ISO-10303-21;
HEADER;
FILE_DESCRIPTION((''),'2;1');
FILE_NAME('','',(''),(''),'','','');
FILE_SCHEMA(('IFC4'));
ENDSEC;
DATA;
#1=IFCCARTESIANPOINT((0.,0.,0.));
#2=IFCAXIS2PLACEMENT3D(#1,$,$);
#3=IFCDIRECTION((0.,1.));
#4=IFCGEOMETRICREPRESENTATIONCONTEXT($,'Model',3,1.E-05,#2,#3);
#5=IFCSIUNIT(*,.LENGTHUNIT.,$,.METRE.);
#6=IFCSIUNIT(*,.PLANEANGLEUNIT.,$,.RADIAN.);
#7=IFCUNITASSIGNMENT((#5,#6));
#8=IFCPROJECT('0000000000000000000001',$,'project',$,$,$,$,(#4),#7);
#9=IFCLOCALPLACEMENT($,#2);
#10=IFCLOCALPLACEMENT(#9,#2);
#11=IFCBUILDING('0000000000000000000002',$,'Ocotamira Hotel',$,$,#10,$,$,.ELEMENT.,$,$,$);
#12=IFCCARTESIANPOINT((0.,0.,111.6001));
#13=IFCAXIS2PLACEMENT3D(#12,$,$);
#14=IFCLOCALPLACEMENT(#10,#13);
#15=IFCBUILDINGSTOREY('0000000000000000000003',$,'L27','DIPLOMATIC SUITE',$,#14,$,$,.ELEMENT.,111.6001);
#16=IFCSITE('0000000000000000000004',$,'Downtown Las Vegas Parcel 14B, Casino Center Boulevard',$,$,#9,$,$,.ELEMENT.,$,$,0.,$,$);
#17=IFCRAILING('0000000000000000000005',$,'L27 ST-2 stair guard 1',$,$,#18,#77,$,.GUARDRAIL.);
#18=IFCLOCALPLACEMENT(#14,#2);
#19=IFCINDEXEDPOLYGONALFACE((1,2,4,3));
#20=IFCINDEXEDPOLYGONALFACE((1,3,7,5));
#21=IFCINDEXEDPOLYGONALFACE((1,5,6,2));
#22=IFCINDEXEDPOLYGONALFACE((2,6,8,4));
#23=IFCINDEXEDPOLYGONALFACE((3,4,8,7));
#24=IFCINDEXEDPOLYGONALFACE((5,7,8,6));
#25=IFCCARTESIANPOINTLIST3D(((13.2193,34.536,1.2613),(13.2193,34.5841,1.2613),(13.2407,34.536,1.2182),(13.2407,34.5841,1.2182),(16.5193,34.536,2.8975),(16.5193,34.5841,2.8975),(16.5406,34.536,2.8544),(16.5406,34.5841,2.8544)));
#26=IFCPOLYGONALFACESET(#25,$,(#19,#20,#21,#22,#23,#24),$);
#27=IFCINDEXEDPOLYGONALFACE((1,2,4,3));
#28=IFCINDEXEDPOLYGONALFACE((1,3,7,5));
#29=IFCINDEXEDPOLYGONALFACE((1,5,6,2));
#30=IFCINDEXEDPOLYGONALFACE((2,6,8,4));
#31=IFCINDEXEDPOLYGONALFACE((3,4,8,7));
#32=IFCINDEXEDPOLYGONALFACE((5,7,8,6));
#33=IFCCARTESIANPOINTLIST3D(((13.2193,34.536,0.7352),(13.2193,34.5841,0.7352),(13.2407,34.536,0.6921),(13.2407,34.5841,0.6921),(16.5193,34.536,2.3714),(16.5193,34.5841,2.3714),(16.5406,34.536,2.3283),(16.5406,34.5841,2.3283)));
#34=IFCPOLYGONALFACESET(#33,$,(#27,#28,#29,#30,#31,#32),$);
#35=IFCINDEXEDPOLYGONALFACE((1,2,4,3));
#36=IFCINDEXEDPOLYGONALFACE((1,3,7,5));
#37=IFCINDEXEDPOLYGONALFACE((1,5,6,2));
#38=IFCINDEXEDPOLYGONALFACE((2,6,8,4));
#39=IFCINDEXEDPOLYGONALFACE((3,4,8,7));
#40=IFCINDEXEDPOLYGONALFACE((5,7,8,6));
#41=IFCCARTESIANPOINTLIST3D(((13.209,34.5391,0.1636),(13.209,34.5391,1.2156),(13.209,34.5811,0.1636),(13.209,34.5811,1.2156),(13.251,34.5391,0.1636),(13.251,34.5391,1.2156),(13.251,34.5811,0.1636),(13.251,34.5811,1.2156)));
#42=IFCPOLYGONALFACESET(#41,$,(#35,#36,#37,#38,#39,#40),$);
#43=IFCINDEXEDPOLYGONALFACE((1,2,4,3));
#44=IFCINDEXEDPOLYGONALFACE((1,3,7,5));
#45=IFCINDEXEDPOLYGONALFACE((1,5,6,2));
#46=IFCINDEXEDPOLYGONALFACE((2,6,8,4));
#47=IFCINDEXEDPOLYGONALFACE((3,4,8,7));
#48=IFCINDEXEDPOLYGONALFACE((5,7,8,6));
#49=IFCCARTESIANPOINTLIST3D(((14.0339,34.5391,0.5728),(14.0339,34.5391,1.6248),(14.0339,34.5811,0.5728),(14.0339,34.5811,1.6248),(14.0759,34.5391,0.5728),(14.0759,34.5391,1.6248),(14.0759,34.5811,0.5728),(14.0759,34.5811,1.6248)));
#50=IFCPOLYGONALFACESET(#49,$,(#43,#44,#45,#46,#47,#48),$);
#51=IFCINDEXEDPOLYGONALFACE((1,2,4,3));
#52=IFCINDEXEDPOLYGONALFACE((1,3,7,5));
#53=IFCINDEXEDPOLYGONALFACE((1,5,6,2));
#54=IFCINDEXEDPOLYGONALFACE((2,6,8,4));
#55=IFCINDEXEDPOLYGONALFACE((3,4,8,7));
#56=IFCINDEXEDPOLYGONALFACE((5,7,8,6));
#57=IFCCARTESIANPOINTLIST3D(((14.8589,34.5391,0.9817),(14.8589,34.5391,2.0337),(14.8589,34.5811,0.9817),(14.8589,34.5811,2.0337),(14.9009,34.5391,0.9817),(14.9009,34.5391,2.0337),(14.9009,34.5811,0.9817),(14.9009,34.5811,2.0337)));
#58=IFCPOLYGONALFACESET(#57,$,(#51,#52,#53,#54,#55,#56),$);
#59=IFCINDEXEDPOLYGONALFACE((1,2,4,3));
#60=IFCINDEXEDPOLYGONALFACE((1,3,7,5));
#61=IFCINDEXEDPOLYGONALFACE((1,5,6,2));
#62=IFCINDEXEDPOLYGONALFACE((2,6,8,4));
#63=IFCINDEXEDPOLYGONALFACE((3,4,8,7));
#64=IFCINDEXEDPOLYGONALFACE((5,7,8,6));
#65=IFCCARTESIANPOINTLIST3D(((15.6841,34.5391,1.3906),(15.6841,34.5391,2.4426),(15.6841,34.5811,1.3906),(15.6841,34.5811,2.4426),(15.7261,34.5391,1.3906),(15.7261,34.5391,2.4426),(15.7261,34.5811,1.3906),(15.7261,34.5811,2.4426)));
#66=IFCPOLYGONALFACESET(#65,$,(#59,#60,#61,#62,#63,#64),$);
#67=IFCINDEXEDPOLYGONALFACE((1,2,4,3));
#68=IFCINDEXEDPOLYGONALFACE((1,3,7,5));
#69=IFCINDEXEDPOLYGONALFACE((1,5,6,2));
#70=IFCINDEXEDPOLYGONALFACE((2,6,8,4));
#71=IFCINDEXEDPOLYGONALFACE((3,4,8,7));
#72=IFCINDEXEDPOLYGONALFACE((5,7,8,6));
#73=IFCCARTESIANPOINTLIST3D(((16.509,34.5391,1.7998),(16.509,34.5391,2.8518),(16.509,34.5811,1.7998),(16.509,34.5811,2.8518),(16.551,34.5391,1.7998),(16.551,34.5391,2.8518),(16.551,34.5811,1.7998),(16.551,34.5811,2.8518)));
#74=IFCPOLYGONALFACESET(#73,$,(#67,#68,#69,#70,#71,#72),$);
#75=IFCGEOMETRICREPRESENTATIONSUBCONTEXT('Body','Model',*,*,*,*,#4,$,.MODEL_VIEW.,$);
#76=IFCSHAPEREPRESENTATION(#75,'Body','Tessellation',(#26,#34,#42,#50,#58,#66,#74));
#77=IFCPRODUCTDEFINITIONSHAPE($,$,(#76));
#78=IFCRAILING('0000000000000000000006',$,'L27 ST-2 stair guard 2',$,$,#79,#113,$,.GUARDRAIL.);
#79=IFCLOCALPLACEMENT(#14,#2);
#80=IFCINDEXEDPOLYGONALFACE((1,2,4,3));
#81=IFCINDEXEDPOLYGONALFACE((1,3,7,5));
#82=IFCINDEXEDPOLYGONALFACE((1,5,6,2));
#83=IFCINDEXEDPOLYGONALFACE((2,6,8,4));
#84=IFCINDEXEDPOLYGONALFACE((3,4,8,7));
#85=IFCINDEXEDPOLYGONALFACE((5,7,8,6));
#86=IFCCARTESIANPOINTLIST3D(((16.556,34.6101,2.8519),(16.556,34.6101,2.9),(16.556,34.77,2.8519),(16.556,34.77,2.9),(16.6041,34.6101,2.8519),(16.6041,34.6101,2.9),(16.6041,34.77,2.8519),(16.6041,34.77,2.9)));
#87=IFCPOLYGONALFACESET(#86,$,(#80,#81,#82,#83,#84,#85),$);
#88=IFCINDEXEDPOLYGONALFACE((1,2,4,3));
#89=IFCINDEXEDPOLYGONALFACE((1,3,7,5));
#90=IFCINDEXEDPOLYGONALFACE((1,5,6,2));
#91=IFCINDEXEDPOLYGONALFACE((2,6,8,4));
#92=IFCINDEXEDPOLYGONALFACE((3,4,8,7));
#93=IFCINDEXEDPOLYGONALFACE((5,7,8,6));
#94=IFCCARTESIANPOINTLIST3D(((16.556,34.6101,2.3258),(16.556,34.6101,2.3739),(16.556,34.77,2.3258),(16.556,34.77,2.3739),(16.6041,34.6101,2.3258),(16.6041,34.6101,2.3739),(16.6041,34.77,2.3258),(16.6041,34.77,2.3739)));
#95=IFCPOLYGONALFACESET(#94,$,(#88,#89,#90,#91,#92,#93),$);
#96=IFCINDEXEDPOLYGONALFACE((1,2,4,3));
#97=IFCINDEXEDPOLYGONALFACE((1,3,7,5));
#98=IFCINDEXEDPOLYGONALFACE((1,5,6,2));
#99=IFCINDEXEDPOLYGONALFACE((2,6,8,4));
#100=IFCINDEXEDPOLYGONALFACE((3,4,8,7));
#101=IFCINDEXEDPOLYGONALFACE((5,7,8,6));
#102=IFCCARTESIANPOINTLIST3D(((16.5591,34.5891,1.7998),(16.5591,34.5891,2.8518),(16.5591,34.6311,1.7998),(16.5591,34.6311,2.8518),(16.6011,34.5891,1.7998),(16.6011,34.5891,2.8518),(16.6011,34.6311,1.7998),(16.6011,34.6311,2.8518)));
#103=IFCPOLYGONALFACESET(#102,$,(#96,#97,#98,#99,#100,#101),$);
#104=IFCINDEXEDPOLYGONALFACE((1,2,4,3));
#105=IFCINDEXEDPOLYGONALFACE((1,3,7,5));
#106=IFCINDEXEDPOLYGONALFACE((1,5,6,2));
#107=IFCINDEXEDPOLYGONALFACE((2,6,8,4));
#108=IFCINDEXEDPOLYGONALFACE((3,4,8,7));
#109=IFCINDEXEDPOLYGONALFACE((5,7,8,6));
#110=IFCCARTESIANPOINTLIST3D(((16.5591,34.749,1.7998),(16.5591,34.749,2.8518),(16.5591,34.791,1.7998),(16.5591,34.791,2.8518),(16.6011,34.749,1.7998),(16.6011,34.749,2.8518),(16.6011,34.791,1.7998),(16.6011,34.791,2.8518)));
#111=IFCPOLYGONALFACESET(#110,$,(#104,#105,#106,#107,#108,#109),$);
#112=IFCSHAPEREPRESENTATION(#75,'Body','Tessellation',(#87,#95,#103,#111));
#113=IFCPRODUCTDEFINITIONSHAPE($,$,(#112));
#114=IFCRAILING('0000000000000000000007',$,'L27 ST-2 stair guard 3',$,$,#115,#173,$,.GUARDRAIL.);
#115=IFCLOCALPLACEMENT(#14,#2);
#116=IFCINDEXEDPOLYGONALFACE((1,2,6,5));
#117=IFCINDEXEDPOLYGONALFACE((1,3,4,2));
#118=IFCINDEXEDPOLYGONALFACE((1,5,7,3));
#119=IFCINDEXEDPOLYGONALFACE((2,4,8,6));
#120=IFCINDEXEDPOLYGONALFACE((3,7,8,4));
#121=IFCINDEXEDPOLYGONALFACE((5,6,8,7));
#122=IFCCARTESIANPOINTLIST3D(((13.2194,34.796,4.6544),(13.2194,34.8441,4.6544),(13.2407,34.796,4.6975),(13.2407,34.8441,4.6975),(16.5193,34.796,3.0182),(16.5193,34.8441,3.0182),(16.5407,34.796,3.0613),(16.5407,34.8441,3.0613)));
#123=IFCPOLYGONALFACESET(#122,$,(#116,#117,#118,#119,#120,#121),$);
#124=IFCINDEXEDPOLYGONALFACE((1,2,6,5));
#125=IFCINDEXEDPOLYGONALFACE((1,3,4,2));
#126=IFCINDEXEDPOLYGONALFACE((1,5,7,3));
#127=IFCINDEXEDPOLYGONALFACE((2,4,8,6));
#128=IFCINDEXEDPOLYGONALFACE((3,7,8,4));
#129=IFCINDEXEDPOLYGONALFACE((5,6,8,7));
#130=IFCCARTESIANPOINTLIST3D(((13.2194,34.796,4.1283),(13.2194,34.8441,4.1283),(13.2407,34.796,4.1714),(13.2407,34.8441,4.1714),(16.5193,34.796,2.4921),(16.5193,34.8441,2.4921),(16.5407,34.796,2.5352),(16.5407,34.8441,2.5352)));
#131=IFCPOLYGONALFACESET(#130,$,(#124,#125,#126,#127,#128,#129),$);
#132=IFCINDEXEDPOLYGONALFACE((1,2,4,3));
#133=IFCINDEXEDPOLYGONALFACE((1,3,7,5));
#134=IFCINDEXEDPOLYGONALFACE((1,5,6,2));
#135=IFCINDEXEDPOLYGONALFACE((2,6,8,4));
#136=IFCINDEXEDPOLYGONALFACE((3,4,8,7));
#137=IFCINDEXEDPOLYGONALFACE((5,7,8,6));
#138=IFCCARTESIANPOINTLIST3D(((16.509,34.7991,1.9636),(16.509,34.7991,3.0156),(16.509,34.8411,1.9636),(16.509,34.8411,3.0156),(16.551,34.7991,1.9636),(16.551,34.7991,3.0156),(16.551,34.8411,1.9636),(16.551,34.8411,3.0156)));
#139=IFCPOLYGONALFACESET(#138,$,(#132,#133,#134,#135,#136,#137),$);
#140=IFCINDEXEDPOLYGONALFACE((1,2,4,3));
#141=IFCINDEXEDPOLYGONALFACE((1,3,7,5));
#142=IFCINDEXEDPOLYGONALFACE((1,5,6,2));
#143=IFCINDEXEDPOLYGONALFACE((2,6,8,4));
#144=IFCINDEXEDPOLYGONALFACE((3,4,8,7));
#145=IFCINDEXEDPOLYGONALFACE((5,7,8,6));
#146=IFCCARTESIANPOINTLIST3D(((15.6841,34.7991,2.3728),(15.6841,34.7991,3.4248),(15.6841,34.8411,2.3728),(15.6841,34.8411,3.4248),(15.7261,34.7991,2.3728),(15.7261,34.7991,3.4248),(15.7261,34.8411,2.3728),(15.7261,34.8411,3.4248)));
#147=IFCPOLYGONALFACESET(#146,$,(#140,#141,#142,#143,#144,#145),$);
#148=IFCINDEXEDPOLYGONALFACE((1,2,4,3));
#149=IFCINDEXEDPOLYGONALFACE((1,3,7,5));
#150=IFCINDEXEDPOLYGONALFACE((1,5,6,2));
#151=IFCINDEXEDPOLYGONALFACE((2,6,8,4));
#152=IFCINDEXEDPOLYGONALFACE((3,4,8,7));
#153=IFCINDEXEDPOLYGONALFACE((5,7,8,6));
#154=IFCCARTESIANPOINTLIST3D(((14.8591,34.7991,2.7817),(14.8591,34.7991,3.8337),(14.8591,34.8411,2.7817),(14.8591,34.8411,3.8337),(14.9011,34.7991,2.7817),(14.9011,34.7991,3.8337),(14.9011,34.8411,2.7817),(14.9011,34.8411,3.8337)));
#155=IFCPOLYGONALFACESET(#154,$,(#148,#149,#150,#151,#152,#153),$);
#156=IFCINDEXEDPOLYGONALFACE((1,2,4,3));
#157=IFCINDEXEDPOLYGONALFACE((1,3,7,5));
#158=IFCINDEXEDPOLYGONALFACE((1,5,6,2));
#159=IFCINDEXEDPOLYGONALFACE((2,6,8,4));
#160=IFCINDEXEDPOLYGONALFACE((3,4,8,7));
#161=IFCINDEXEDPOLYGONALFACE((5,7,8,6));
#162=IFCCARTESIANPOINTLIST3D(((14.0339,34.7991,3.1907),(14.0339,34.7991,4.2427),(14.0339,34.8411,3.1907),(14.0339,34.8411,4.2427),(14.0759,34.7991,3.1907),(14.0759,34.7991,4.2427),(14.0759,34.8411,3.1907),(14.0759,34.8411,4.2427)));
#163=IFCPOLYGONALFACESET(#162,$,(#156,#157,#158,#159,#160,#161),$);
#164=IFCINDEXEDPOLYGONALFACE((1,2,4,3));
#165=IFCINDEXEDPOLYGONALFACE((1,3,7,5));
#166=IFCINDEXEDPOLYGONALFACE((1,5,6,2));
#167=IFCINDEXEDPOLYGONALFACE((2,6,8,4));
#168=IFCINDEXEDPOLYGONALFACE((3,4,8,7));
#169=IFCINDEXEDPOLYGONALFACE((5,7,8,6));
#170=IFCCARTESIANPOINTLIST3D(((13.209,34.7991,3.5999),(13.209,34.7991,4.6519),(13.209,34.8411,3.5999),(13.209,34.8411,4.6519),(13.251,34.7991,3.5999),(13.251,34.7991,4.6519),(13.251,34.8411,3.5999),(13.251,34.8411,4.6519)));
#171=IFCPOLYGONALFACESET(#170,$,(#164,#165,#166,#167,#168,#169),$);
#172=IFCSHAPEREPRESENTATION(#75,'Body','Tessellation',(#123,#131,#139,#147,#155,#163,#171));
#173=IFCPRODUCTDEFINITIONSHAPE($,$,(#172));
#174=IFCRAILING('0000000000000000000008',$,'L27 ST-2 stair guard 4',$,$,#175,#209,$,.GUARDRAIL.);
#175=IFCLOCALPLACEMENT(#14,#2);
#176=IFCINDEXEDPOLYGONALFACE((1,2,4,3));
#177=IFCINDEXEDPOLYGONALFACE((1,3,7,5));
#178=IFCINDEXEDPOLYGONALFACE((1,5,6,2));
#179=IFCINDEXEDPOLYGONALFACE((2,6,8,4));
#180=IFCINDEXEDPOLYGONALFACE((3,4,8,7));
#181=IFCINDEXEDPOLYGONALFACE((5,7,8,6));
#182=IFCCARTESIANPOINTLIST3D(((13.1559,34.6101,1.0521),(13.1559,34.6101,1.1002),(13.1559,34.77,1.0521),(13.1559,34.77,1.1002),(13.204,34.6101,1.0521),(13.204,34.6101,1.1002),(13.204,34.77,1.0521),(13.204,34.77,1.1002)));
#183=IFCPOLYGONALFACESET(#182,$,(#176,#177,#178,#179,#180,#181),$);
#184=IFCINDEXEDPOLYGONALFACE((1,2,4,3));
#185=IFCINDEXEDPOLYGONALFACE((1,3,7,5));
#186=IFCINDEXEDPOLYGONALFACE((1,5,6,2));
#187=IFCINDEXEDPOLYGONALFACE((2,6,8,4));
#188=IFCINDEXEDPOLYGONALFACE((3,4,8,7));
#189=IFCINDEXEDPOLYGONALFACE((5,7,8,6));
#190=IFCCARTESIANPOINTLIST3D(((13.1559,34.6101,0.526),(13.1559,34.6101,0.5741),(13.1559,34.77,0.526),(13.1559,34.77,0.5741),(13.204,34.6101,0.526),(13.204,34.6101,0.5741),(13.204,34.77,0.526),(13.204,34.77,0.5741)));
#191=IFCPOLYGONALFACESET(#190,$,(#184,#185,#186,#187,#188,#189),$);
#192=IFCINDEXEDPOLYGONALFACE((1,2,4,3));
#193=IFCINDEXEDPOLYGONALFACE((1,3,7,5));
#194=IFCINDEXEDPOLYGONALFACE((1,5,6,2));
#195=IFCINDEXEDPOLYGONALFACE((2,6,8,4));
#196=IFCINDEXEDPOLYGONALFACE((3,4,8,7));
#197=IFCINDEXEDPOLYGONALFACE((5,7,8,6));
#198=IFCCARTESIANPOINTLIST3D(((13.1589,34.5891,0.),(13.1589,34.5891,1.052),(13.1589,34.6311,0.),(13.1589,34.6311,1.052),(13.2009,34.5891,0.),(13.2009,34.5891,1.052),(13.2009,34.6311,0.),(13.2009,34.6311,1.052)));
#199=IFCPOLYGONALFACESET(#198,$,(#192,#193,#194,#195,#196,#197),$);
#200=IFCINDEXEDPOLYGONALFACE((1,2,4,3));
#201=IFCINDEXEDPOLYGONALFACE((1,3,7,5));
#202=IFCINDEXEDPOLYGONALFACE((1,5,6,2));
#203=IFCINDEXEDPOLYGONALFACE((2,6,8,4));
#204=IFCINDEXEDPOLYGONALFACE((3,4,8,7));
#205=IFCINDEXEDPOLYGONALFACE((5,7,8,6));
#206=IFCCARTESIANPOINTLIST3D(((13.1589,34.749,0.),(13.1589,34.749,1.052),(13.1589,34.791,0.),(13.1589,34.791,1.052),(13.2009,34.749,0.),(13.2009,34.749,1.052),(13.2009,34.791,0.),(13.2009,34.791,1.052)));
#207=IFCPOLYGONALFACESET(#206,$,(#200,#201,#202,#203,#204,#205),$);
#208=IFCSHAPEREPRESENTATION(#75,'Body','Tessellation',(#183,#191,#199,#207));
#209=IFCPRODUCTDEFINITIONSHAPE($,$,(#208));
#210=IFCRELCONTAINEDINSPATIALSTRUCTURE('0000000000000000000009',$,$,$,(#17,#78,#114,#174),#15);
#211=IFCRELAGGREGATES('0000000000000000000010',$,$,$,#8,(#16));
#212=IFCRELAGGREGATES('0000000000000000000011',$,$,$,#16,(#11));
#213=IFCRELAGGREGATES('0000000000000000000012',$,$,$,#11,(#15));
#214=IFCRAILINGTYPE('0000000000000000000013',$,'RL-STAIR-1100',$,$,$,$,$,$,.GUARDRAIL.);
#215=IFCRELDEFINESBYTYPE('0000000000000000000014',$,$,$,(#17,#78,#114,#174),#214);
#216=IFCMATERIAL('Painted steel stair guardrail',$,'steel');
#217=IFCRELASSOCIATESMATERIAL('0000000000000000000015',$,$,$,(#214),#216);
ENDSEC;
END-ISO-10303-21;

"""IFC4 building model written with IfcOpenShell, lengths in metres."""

from ifc_helpers import new_model, si_unit, direction, frame, origin, origin_2d, place, context, subcontext, project, spatial, rectangle, extrude, material, type_object, element, save


model = new_model("IFC4")

# Units and contexts
model_context = context("Model", 3, precision=1e-05, world=origin(), true_north=direction((0.0, 1.0)))
body_context = subcontext(model_context, "Body", "Model", "MODEL_VIEW")
ifc_project = project(units=[si_unit("LENGTHUNIT", "METRE"), si_unit("PLANEANGLEUNIT", "RADIAN")], contexts=[model_context])

# Site, building, storey
site_placement = place(None, origin())
site = spatial("IfcSite", under=ifc_project, at=site_placement, Name="Downtown Las Vegas Parcel 14B, Casino Center Boulevard", CompositionType="ELEMENT", RefElevation=0.0)
building_placement = place(site_placement, origin())
building = spatial("IfcBuilding", under=site, at=building_placement, Name="Ocotamira Hotel", CompositionType="ELEMENT")
storey_placement = place(building_placement, frame((0.0, 0.0, 111.6001)))
storey = spatial("IfcBuildingStorey", under=building, at=storey_placement, Name="L27", Description="DIPLOMATIC SUITE", CompositionType="ELEMENT", Elevation=111.6001)

# Railings
ifc_material_1 = material(Name="Painted steel stair guardrail", Category="steel")
railing_type_1 = type_object("IfcRailingType", Name="RL-STAIR-1100", PredefinedType="GUARDRAIL", material=ifc_material_1)
railing_1_placement = place(storey_placement, frame((13.23, 34.5601, 0.1636)))
element("IfcRailing", 1, at=railing_1_placement, inside=storey, type_object=railing_type_1, Name="L27 ST-2 stair guard 1", PredefinedType="GUARDRAIL", context=body_context, shape_type="SweptSolid", body=[
    extrude(rectangle(XDim=0.0481, YDim=0.0481, at=origin_2d()), frame((0.0, 0.0, 1.0762), z_axis=(0.89592, 0.0, 0.444215), x_axis=(0.0, 1.0, 0.0)), (0.0, 0.0, 1.0), 3.6833),
    extrude(rectangle(XDim=0.0481, YDim=0.0481, at=origin_2d()), frame((0.0, 0.0, 0.55), z_axis=(0.89592, 0.0, 0.444215), x_axis=(0.0, 1.0, 0.0)), (0.0, 0.0, 1.0), 3.6833),
    extrude(rectangle(XDim=0.042, YDim=0.042, at=origin_2d()), origin(), (0.0, 0.0, 1.0), 1.052),
    extrude(rectangle(XDim=0.042, YDim=0.042, at=origin_2d()), frame((0.825, 0.0, 0.4092)), (0.0, 0.0, 1.0), 1.052),
    extrude(rectangle(XDim=0.042, YDim=0.042, at=origin_2d()), frame((1.6499, 0.0, 0.8181)), (0.0, 0.0, 1.0), 1.052),
    extrude(rectangle(XDim=0.042, YDim=0.042, at=origin_2d()), frame((2.4751, 0.0, 1.2271)), (0.0, 0.0, 1.0), 1.052),
    extrude(rectangle(XDim=0.042, YDim=0.042, at=origin_2d()), frame((3.3, 0.0, 1.6362)), (0.0, 0.0, 1.0), 1.052),
])
railing_2_placement = place(storey_placement, frame((16.5801, 34.6101, 1.7998)))
element("IfcRailing", 2, at=railing_2_placement, inside=storey, type_object=railing_type_1, Name="L27 ST-2 stair guard 2", PredefinedType="GUARDRAIL", context=body_context, shape_type="SweptSolid", body=[
    extrude(rectangle(XDim=0.0481, YDim=0.0481, at=origin_2d()), frame((0.0, 0.0, 1.0762), z_axis=(0.0, 1.0, 0.0), x_axis=(-1.0, 0.0, 0.0)), (0.0, 0.0, 1.0), 0.1599),
    extrude(rectangle(XDim=0.0481, YDim=0.0481, at=origin_2d()), frame((0.0, 0.0, 0.55), z_axis=(0.0, 1.0, 0.0), x_axis=(-1.0, 0.0, 0.0)), (0.0, 0.0, 1.0), 0.1599),
    extrude(rectangle(XDim=0.042, YDim=0.042, at=origin_2d()), origin(), (0.0, 0.0, 1.0), 1.052),
    extrude(rectangle(XDim=0.042, YDim=0.042, at=origin_2d()), frame((0.0, 0.1599, 0.0)), (0.0, 0.0, 1.0), 1.052),
])
railing_3_placement = place(storey_placement, frame((16.53, 34.8201, 1.9636)))
element("IfcRailing", 3, at=railing_3_placement, inside=storey, type_object=railing_type_1, Name="L27 ST-2 stair guard 3", PredefinedType="GUARDRAIL", context=body_context, shape_type="SweptSolid", body=[
    extrude(rectangle(XDim=0.0481, YDim=0.0481, at=origin_2d()), frame((0.0, 0.0, 1.0762), z_axis=(-0.89592, 0.0, 0.444215), x_axis=(0.0, -1.0, 0.0)), (0.0, 0.0, 1.0), 3.6833),
    extrude(rectangle(XDim=0.0481, YDim=0.0481, at=origin_2d()), frame((0.0, 0.0, 0.55), z_axis=(-0.89592, 0.0, 0.444215), x_axis=(0.0, -1.0, 0.0)), (0.0, 0.0, 1.0), 3.6833),
    extrude(rectangle(XDim=0.042, YDim=0.042, at=origin_2d()), origin(), (0.0, 0.0, 1.0), 1.052),
    extrude(rectangle(XDim=0.042, YDim=0.042, at=origin_2d()), frame((-0.825, 0.0, 0.4092)), (0.0, 0.0, 1.0), 1.052),
    extrude(rectangle(XDim=0.042, YDim=0.042, at=origin_2d()), frame((-1.6499, 0.0, 0.8181)), (0.0, 0.0, 1.0), 1.052),
    extrude(rectangle(XDim=0.042, YDim=0.042, at=origin_2d()), frame((-2.4751, 0.0, 1.2271)), (0.0, 0.0, 1.0), 1.052),
    extrude(rectangle(XDim=0.042, YDim=0.042, at=origin_2d()), frame((-3.3, 0.0, 1.6362)), (0.0, 0.0, 1.0), 1.052),
])
railing_4_placement = place(storey_placement, frame((13.1799, 34.6101, 0.0)))
element("IfcRailing", 4, at=railing_4_placement, inside=storey, type_object=railing_type_1, Name="L27 ST-2 stair guard 4", PredefinedType="GUARDRAIL", context=body_context, shape_type="SweptSolid", body=[
    extrude(rectangle(XDim=0.0481, YDim=0.0481, at=origin_2d()), frame((0.0, 0.0, 1.0762), z_axis=(0.0, 1.0, 0.0), x_axis=(-1.0, 0.0, 0.0)), (0.0, 0.0, 1.0), 0.1599),
    extrude(rectangle(XDim=0.0481, YDim=0.0481, at=origin_2d()), frame((0.0, 0.0, 0.55), z_axis=(0.0, 1.0, 0.0), x_axis=(-1.0, 0.0, 0.0)), (0.0, 0.0, 1.0), 0.1599),
    extrude(rectangle(XDim=0.042, YDim=0.042, at=origin_2d()), origin(), (0.0, 0.0, 1.0), 1.052),
    extrude(rectangle(XDim=0.042, YDim=0.042, at=origin_2d()), frame((0.0, 0.1599, 0.0)), (0.0, 0.0, 1.0), 1.052),
])

save(model, "model.ifc")
